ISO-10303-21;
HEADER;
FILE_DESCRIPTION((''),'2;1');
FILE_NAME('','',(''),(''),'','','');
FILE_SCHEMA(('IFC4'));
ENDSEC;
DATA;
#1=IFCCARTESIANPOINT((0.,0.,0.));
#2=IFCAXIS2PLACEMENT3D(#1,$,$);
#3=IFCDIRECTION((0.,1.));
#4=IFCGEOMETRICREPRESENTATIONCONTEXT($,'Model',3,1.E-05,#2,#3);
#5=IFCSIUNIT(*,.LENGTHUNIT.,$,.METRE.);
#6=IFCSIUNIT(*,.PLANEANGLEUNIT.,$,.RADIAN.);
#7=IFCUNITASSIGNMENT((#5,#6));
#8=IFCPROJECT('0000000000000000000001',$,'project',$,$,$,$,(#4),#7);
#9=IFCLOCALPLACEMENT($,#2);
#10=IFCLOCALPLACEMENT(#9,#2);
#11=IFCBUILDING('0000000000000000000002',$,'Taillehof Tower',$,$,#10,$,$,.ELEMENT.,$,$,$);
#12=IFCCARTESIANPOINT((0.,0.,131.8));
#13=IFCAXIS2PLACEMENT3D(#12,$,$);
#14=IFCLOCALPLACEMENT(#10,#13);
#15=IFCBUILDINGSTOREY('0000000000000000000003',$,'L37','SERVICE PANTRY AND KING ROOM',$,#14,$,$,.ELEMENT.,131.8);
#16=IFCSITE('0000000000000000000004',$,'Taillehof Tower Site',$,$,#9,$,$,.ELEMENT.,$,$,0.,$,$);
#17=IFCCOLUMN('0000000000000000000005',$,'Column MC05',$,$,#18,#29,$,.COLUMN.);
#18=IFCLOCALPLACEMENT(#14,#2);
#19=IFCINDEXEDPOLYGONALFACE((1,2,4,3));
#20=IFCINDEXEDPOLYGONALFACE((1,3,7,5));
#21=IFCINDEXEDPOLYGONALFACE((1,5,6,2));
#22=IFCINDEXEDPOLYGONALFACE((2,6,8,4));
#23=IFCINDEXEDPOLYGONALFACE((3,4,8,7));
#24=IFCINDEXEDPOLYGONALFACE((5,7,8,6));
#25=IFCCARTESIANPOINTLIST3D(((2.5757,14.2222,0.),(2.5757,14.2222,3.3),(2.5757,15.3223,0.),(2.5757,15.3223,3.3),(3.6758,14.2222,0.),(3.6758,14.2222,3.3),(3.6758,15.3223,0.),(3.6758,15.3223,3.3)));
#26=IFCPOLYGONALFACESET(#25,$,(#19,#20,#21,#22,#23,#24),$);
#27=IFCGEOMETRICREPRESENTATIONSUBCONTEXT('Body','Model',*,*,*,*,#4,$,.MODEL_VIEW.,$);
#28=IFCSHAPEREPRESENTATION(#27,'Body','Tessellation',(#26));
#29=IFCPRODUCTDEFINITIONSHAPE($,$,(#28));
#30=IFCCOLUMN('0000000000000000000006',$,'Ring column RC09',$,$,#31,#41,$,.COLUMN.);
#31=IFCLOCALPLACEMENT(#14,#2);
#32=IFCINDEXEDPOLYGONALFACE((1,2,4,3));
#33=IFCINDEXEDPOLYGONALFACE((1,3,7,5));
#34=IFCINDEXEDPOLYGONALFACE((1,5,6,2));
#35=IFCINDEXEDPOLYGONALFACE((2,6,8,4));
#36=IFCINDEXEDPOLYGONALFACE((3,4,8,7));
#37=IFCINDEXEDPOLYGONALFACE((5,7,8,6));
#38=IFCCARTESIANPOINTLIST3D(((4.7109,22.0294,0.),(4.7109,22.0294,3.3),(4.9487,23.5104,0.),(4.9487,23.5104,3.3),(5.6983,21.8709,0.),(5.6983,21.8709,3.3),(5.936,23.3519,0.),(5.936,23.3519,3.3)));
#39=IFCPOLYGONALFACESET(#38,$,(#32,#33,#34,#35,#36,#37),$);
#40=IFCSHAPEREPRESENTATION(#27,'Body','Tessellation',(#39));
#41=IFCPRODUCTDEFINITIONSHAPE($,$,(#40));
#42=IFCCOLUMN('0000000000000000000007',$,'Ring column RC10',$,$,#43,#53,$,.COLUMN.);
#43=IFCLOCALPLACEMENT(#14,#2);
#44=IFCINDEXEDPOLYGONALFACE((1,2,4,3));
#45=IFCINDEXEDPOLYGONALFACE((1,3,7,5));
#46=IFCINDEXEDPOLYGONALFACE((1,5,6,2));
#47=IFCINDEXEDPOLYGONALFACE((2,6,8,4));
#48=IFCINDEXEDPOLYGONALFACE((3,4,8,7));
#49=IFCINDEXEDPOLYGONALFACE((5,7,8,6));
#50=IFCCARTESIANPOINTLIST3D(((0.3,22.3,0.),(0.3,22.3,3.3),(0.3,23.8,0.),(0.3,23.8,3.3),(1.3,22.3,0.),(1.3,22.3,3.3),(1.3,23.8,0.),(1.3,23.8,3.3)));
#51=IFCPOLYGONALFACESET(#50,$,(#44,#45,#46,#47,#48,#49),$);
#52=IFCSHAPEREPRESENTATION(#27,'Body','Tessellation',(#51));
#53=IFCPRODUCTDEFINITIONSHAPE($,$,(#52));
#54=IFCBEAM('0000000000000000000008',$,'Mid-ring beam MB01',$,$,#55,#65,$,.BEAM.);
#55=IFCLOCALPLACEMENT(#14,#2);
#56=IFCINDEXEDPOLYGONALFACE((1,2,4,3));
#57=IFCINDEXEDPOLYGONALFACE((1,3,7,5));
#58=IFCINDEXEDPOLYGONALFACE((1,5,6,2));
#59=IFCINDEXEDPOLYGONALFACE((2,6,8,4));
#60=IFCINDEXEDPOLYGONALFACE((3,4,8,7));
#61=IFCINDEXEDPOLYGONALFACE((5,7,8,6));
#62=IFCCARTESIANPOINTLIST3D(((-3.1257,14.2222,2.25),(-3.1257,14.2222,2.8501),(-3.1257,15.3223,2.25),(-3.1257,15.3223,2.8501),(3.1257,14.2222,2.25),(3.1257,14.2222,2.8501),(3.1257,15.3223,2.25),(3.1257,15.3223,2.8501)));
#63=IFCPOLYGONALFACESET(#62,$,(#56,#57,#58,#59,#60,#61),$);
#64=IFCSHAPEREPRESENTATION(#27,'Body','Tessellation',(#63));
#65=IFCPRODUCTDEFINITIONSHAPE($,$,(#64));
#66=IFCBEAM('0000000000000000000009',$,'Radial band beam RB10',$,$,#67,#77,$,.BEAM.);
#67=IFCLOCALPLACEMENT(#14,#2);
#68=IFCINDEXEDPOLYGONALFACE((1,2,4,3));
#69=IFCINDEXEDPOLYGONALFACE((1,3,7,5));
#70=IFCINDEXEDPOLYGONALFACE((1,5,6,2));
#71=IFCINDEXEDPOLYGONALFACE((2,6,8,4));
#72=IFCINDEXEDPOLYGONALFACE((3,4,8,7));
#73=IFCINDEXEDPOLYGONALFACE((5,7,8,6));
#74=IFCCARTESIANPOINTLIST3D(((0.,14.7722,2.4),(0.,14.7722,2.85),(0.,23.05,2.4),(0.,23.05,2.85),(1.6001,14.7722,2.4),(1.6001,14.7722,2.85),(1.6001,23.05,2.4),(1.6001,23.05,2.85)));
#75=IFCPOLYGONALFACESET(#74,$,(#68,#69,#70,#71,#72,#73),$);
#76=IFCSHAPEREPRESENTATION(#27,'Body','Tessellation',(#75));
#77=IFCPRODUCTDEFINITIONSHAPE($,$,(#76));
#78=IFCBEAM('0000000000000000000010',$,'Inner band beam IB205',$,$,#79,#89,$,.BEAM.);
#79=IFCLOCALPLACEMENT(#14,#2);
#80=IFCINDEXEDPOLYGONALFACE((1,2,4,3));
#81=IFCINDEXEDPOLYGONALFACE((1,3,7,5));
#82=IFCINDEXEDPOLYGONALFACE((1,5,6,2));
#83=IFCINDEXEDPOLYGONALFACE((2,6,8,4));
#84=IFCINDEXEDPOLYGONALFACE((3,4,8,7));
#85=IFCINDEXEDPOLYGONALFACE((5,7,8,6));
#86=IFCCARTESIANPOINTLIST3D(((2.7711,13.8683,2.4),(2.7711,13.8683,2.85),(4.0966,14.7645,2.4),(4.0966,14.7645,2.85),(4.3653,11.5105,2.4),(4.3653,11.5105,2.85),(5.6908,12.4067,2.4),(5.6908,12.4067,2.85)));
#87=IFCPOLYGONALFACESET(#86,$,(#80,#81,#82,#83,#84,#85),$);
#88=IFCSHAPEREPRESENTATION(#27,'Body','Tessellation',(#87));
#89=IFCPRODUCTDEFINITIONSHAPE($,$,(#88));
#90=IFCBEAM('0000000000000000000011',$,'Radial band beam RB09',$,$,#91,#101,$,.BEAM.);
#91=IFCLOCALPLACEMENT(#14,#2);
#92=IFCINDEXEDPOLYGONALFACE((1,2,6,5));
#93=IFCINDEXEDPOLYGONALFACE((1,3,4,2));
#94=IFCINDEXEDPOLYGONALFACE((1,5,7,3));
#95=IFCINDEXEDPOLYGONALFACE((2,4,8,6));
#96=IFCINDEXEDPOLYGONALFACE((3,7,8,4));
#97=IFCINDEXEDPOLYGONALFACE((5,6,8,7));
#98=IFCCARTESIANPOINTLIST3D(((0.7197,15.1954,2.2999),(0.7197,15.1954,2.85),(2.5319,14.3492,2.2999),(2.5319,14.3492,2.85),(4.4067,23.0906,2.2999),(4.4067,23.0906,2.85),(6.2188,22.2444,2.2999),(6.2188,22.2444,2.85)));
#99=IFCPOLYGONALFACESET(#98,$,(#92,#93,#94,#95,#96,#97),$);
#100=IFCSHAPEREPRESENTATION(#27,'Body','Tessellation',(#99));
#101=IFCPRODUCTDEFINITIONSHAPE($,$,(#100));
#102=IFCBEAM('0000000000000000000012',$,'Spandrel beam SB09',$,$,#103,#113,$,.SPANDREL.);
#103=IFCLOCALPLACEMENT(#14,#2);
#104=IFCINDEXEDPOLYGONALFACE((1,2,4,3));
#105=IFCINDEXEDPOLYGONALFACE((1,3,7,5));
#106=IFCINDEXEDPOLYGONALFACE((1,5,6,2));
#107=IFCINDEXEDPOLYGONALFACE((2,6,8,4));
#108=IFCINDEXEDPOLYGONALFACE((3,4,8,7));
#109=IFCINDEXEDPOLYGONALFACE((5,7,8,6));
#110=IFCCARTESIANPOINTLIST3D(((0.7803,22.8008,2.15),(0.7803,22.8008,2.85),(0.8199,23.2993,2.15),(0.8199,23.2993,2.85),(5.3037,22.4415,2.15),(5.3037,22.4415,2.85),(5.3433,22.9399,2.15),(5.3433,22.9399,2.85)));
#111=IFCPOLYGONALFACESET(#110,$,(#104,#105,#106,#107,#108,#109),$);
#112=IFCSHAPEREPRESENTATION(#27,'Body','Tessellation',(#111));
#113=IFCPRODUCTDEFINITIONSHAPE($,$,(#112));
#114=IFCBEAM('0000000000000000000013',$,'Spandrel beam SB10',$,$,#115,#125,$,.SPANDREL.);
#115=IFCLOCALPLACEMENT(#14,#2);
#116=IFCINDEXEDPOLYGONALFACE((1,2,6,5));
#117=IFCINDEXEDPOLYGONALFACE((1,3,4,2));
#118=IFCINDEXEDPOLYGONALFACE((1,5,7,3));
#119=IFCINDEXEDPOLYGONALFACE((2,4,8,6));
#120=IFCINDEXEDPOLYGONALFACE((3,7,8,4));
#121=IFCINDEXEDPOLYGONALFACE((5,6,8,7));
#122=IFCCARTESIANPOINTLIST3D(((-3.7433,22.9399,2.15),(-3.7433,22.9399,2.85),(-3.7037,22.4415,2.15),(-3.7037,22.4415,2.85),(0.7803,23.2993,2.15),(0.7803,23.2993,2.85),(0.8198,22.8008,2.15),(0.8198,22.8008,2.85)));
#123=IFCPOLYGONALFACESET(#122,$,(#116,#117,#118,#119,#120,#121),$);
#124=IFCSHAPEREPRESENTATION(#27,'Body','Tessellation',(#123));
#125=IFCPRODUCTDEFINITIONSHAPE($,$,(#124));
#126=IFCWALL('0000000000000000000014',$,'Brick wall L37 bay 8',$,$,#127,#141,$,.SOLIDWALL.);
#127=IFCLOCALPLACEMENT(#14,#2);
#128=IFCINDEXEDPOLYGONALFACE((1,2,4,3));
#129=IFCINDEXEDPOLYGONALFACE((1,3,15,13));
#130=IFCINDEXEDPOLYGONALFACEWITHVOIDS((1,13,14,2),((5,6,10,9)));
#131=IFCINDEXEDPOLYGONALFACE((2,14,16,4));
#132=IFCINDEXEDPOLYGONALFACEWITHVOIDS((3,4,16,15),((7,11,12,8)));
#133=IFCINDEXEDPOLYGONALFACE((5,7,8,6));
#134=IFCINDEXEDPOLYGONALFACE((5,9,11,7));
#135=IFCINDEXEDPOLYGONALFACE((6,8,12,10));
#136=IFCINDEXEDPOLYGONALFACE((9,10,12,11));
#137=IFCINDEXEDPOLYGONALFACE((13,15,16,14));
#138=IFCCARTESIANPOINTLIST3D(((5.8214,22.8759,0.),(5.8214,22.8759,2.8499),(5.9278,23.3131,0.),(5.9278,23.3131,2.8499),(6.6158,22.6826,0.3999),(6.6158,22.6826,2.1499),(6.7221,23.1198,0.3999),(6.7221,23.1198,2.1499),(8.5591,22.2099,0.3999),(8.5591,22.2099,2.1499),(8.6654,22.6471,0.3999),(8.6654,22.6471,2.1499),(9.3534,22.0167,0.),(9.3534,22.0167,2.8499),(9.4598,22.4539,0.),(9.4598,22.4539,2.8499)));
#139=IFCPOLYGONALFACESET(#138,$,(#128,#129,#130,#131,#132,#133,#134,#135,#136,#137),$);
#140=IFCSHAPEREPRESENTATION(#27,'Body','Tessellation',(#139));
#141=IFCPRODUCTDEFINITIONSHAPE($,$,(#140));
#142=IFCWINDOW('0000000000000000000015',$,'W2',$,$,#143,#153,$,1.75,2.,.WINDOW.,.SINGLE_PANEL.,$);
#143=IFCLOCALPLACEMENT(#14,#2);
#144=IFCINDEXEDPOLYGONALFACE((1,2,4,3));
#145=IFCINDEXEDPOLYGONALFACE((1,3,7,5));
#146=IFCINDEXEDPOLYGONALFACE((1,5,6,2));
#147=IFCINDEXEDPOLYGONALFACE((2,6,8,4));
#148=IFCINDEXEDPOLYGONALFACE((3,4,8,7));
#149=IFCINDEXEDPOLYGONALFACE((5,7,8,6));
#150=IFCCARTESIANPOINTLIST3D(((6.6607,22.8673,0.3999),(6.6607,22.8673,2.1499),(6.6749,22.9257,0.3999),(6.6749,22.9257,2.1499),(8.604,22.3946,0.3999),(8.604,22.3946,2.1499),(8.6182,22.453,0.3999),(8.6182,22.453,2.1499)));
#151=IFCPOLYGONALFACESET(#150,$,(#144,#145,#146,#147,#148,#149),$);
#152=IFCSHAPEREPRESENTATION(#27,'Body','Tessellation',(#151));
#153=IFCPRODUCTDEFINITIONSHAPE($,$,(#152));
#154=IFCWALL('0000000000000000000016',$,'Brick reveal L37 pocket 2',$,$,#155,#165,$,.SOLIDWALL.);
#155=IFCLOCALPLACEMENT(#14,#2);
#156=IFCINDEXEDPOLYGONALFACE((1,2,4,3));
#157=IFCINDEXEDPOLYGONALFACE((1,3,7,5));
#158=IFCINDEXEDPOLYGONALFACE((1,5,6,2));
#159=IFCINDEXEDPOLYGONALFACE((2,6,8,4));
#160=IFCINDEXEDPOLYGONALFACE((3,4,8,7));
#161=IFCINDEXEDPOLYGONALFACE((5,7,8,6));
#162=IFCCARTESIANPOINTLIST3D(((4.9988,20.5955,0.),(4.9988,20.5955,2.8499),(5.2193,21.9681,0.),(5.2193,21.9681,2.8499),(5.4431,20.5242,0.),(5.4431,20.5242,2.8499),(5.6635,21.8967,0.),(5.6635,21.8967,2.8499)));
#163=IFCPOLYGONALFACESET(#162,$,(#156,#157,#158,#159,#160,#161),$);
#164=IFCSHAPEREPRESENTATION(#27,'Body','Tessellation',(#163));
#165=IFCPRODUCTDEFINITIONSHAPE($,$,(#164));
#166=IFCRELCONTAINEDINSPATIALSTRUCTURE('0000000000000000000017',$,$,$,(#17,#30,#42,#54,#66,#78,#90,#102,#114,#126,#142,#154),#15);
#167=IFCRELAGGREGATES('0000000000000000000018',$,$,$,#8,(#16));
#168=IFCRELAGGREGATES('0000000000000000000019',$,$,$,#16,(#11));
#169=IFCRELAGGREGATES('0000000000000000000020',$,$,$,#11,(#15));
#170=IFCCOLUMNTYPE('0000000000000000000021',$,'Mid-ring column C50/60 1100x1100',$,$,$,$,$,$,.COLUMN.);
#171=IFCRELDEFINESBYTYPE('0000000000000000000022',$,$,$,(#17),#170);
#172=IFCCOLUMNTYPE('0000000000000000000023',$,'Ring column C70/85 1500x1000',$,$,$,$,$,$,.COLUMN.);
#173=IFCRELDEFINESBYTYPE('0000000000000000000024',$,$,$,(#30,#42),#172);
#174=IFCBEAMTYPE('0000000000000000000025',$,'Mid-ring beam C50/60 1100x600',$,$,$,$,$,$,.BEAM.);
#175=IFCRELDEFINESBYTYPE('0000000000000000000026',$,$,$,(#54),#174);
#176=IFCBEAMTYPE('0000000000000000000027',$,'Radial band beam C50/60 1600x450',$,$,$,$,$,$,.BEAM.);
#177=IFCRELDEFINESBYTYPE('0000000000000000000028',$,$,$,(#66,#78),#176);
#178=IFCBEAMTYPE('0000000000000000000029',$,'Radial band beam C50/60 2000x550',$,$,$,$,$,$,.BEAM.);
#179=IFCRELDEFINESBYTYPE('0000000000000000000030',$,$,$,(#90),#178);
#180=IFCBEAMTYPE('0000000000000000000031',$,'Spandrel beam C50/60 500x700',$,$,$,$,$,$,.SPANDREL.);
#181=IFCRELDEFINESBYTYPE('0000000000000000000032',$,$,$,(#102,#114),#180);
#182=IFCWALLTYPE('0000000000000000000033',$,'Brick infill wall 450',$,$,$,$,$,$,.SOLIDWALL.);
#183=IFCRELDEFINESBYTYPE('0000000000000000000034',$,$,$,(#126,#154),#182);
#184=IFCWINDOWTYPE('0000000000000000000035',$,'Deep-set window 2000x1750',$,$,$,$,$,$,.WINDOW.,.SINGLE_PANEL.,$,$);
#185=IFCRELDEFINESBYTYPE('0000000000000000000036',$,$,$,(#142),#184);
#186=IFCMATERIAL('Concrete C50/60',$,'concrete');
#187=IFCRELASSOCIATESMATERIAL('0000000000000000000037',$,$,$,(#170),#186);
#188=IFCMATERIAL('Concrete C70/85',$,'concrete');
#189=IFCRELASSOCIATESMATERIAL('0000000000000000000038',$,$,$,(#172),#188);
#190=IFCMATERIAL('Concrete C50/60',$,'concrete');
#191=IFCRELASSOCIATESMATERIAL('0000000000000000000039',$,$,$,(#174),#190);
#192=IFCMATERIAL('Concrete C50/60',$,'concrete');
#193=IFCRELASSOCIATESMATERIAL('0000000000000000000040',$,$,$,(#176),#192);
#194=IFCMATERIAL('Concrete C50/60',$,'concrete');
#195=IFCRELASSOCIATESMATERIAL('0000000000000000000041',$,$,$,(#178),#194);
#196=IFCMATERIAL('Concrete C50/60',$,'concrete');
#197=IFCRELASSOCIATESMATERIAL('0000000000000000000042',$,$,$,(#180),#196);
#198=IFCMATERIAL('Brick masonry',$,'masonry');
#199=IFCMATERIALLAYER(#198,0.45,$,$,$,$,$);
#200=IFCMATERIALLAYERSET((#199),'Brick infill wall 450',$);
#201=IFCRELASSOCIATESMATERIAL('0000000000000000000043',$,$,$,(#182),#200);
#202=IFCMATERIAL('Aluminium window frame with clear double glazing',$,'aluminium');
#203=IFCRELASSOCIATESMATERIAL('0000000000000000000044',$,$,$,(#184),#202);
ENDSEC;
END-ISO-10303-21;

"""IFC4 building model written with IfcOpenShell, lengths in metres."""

from ifc_helpers import new_model, si_unit, direction, frame, frame_2d, origin, origin_2d, place, context, subcontext, project, spatial, rectangle, extrude, material, layer, layer_set, material_profile, profile_set, type_object, element, fill, save


model = new_model("IFC4")

# Units and contexts
model_context = context("Model", 3, precision=1e-05, world=origin(), true_north=direction((0.0, 1.0)))
body_context = subcontext(model_context, "Body", "Model", "MODEL_VIEW")
ifc_project = project(units=[si_unit("LENGTHUNIT", "METRE"), si_unit("PLANEANGLEUNIT", "RADIAN")], contexts=[model_context])

# Site, building, storey
site_placement = place(None, origin())
site = spatial("IfcSite", under=ifc_project, at=site_placement, Name="Taillehof Tower Site", CompositionType="ELEMENT", RefElevation=0.0)
building_placement = place(site_placement, origin())
building = spatial("IfcBuilding", under=site, at=building_placement, Name="Taillehof Tower", CompositionType="ELEMENT")
storey_placement = place(building_placement, frame((0.0, 0.0, 131.8)))
storey = spatial("IfcBuildingStorey", under=building, at=storey_placement, Name="L37", Description="SERVICE PANTRY AND KING ROOM", CompositionType="ELEMENT", Elevation=131.8)

# Columns
ifc_material_1 = material(Name="Concrete C50/60", Category="concrete")
ifc_material_profile_1 = material_profile(ifc_material_1, rectangle(XDim=1.1001, YDim=1.1001, at=origin_2d()), Name="RC 1100x1100")
ifc_profile_set_1 = profile_set([ifc_material_profile_1], Name="Concrete C50/60")
column_type_1 = type_object("IfcColumnType", Name="Mid-ring column C50/60 1100x1100", PredefinedType="COLUMN", material=ifc_profile_set_1)
column_placement = place(storey_placement, frame((3.1257, 14.7722, 0.0), z_axis=(0.0, 0.0, 1.0), x_axis=(1.0, 0.0, 0.0)))
element("IfcColumn", 1, at=column_placement, inside=storey, type_object=column_type_1, Name="Column MC05", PredefinedType="COLUMN", context=body_context, shape_type="SweptSolid", body=[
    extrude(rectangle(XDim=1.1001, YDim=1.1001, at=origin_2d()), origin(), (0.0, 0.0, 1.0), 3.3),
])
ifc_material_2 = material(Name="Concrete C70/85", Category="concrete")
ifc_material_profile_2 = material_profile(ifc_material_2, rectangle(XDim=1.5, YDim=1.0, at=origin_2d()), Name="RC 1500x1000")
ifc_profile_set_2 = profile_set([ifc_material_profile_2], Name="Concrete C70/85")
column_type_2 = type_object("IfcColumnType", Name="Ring column C70/85 1500x1000", PredefinedType="COLUMN", material=ifc_profile_set_2)
for number, where, z_axis, x_axis, name in (
    (2, (5.3235, 22.6907, 0.0), (0.0, 0.0, 1.0), (0.158507, 0.987358, 0.0), "Ring column RC09"),
    (3, (0.8, 23.05, 0.0), (0.0, 0.0, 1.0), (0.0, 1.0, 0.0), "Ring column RC10"),
):
    element("IfcColumn", number, at=place(storey_placement, frame(where, z_axis=z_axis, x_axis=x_axis)), inside=storey, type_object=column_type_2, Name=name, PredefinedType="COLUMN", context=body_context, shape_type="SweptSolid", body=[
        extrude(rectangle(XDim=1.5, YDim=1.0, at=origin_2d()), origin(), (0.0, 0.0, 1.0), 3.3),
    ])

# Beams
ifc_material_3 = material(Name="Concrete C50/60", Category="concrete")
ifc_material_profile_3 = material_profile(ifc_material_3, rectangle(XDim=1.1001, YDim=0.6001, at=origin_2d()), Name="RC 1100x600")
ifc_profile_set_3 = profile_set([ifc_material_profile_3], Name="Concrete C50/60")
beam_type_1 = type_object("IfcBeamType", Name="Mid-ring beam C50/60 1100x600", PredefinedType="BEAM", material=ifc_profile_set_3)
beam_1_placement = place(storey_placement, frame((3.1257, 14.7722, 2.55), z_axis=(-1.0, 0.0, 0.0), x_axis=(0.0, -1.0, 0.0)))
element("IfcBeam", 4, at=beam_1_placement, inside=storey, type_object=beam_type_1, Name="Mid-ring beam MB01", PredefinedType="BEAM", context=body_context, shape_type="SweptSolid", body=[
    extrude(rectangle(XDim=1.1001, YDim=0.6001, at=origin_2d()), origin(), (0.0, 0.0, 1.0), 6.2515),
])
ifc_material_4 = material(Name="Concrete C50/60", Category="concrete")
ifc_material_profile_4 = material_profile(ifc_material_4, rectangle(XDim=1.6001, YDim=0.45, at=origin_2d()), Name="RC 1600x450")
ifc_profile_set_4 = profile_set([ifc_material_profile_4], Name="Concrete C50/60")
beam_type_2 = type_object("IfcBeamType", Name="Radial band beam C50/60 1600x450", PredefinedType="BEAM", material=ifc_profile_set_4)
beam_2_placement = place(storey_placement, frame((0.8, 23.05, 2.625), z_axis=(0.0, -1.0, 0.0), x_axis=(1.0, 0.0, 0.0)))
element("IfcBeam", 5, at=beam_2_placement, inside=storey, type_object=beam_type_2, Name="Radial band beam RB10", PredefinedType="BEAM", context=body_context, shape_type="SweptSolid", body=[
    extrude(rectangle(XDim=1.6001, YDim=0.45, at=origin_2d()), origin(), (0.0, 0.0, 1.0), 8.2778),
])
beam_3_placement = place(storey_placement, frame((3.4338, 14.3164, 2.625), z_axis=(0.560112, -0.828417, 0.0), x_axis=(0.828417, 0.560112, 0.0)))
element("IfcBeam", 6, at=beam_3_placement, inside=storey, type_object=beam_type_2, Name="Inner band beam IB205", PredefinedType="BEAM", context=body_context, shape_type="SweptSolid", body=[
    extrude(rectangle(XDim=1.6001, YDim=0.45, at=origin_2d()), origin(), (0.0, 0.0, 1.0), 2.8462),
])
ifc_material_5 = material(Name="Concrete C50/60", Category="concrete")
ifc_material_profile_5 = material_profile(ifc_material_5, rectangle(XDim=2.0, YDim=0.55, at=origin_2d()), Name="RC 2000x550")
ifc_profile_set_5 = profile_set([ifc_material_profile_5], Name="Concrete C50/60")
beam_type_3 = type_object("IfcBeamType", Name="Radial band beam C50/60 2000x550", PredefinedType="BEAM", material=ifc_profile_set_5)
beam_4_placement = place(storey_placement, frame((5.3127, 22.6675, 2.575), z_axis=(-0.423126, -0.906071, 0.0), x_axis=(0.906071, -0.423126, 0.0)))
element("IfcBeam", 7, at=beam_4_placement, inside=storey, type_object=beam_type_3, Name="Radial band beam RB09", PredefinedType="BEAM", context=body_context, shape_type="SweptSolid", body=[
    extrude(rectangle(XDim=2.0, YDim=0.55, at=origin_2d()), origin(), (0.0, 0.0, 1.0), 8.7136),
])
ifc_material_6 = material(Name="Concrete C50/60", Category="concrete")
ifc_material_profile_6 = material_profile(ifc_material_6, rectangle(XDim=0.5, YDim=0.7, at=origin_2d()), Name="RC 500x700")
ifc_profile_set_6 = profile_set([ifc_material_profile_6], Name="Concrete C50/60")
beam_type_4 = type_object("IfcBeamType", Name="Spandrel beam C50/60 500x700", PredefinedType="SPANDREL", material=ifc_profile_set_6)
beam_5_placement = place(storey_placement, frame((5.3235, 22.6907, 2.5), z_axis=(-0.996859, 0.079198, 0.0), x_axis=(-0.079198, -0.996859, 0.0)))
element("IfcBeam", 8, at=beam_5_placement, inside=storey, type_object=beam_type_4, Name="Spandrel beam SB09", PredefinedType="SPANDREL", context=body_context, shape_type="SweptSolid", body=[
    extrude(rectangle(XDim=0.5, YDim=0.7, at=origin_2d()), origin(), (0.0, 0.0, 1.0), 4.5376),
])
beam_6_placement = place(storey_placement, frame((0.8, 23.05, 2.5), z_axis=(-0.996859, -0.079194, 0.0), x_axis=(0.079194, -0.996859, 0.0)))
element("IfcBeam", 9, at=beam_6_placement, inside=storey, type_object=beam_type_4, Name="Spandrel beam SB10", PredefinedType="SPANDREL", context=body_context, shape_type="SweptSolid", body=[
    extrude(rectangle(XDim=0.5, YDim=0.7, at=origin_2d()), origin(), (0.0, 0.0, 1.0), 4.5378),
])

# Wall, opening, window
ifc_material_7 = material(Name="Brick masonry", Category="masonry")
ifc_layer_1 = layer(ifc_material_7, 0.45)
ifc_layer_set_1 = layer_set([ifc_layer_1], Name="Brick infill wall 450")
wall_type_1 = type_object("IfcWallType", Name="Brick infill wall 450", PredefinedType="SOLIDWALL", material=ifc_layer_set_1)
wall_1_placement = place(storey_placement, frame((9.4065, 22.2354, 0.0), z_axis=(0.0, 0.0, 1.0), x_axis=(-0.971668, 0.236352, 0.0)))
wall_1 = element("IfcWall", 10, at=wall_1_placement, inside=storey, type_object=wall_type_1, Name="Brick wall L37 bay 8", PredefinedType="SOLIDWALL", context=body_context, shape_type="SweptSolid", body=[
    extrude(rectangle(XDim=3.635, YDim=0.45, at=frame_2d((1.8174, 0.0))), origin(), (0.0, 0.0, 1.0), 2.8499),
])
opening_1_placement = place(wall_1_placement, frame((0.8174, 0.0, 0.3999)))
opening_1 = element("IfcOpeningElement", 11, at=opening_1_placement, cuts=wall_1, PredefinedType="OPENING", context=body_context, shape_type="SweptSolid", body=[
    extrude(rectangle(XDim=2.0, YDim=1.75, at=frame_2d((1.0, 0.875))), frame((0.0, 0.2349, 0.0), z_axis=(0.0, -1.0, 0.0), x_axis=(1.0, 0.0, 0.0)), (0.0, 0.0, 1.0), 0.47),
])
ifc_material_8 = material(Name="Aluminium window frame with clear double glazing", Category="aluminium")
window_type_1 = type_object("IfcWindowType", Name="Deep-set window 2000x1750", PartitioningType="SINGLE_PANEL", PredefinedType="WINDOW", material=ifc_material_8)
window_1_placement = place(opening_1_placement, origin())
window_1 = element("IfcWindow", 12, at=window_1_placement, inside=storey, type_object=window_type_1, Name="W2", OverallHeight=1.75, OverallWidth=2.0, PartitioningType="SINGLE_PANEL", PredefinedType="WINDOW", context=body_context, shape_type="SweptSolid", body=[
    extrude(rectangle(XDim=2.0, YDim=1.75, at=frame_2d((1.0, 0.875))), frame((0.0, 0.0349, 0.0), z_axis=(0.0, -1.0, 0.0), x_axis=(1.0, 0.0, 0.0)), (0.0, 0.0, 1.0), 0.0601),
])
fill(opening_1, window_1)

# Wall
wall_2_placement = place(storey_placement, frame((5.4414, 21.9324, 0.0), z_axis=(0.0, 0.0, 1.0), x_axis=(-0.158586, -0.987345, 0.0)))
element("IfcWall", 13, at=wall_2_placement, inside=storey, type_object=wall_type_1, Name="Brick reveal L37 pocket 2", PredefinedType="SOLIDWALL", context=body_context, shape_type="SweptSolid", body=[
    extrude(rectangle(XDim=1.3901, YDim=0.45, at=frame_2d((0.6951, 0.0))), origin(), (0.0, 0.0, 1.0), 2.8499),
])

save(model, "model.ifc")
